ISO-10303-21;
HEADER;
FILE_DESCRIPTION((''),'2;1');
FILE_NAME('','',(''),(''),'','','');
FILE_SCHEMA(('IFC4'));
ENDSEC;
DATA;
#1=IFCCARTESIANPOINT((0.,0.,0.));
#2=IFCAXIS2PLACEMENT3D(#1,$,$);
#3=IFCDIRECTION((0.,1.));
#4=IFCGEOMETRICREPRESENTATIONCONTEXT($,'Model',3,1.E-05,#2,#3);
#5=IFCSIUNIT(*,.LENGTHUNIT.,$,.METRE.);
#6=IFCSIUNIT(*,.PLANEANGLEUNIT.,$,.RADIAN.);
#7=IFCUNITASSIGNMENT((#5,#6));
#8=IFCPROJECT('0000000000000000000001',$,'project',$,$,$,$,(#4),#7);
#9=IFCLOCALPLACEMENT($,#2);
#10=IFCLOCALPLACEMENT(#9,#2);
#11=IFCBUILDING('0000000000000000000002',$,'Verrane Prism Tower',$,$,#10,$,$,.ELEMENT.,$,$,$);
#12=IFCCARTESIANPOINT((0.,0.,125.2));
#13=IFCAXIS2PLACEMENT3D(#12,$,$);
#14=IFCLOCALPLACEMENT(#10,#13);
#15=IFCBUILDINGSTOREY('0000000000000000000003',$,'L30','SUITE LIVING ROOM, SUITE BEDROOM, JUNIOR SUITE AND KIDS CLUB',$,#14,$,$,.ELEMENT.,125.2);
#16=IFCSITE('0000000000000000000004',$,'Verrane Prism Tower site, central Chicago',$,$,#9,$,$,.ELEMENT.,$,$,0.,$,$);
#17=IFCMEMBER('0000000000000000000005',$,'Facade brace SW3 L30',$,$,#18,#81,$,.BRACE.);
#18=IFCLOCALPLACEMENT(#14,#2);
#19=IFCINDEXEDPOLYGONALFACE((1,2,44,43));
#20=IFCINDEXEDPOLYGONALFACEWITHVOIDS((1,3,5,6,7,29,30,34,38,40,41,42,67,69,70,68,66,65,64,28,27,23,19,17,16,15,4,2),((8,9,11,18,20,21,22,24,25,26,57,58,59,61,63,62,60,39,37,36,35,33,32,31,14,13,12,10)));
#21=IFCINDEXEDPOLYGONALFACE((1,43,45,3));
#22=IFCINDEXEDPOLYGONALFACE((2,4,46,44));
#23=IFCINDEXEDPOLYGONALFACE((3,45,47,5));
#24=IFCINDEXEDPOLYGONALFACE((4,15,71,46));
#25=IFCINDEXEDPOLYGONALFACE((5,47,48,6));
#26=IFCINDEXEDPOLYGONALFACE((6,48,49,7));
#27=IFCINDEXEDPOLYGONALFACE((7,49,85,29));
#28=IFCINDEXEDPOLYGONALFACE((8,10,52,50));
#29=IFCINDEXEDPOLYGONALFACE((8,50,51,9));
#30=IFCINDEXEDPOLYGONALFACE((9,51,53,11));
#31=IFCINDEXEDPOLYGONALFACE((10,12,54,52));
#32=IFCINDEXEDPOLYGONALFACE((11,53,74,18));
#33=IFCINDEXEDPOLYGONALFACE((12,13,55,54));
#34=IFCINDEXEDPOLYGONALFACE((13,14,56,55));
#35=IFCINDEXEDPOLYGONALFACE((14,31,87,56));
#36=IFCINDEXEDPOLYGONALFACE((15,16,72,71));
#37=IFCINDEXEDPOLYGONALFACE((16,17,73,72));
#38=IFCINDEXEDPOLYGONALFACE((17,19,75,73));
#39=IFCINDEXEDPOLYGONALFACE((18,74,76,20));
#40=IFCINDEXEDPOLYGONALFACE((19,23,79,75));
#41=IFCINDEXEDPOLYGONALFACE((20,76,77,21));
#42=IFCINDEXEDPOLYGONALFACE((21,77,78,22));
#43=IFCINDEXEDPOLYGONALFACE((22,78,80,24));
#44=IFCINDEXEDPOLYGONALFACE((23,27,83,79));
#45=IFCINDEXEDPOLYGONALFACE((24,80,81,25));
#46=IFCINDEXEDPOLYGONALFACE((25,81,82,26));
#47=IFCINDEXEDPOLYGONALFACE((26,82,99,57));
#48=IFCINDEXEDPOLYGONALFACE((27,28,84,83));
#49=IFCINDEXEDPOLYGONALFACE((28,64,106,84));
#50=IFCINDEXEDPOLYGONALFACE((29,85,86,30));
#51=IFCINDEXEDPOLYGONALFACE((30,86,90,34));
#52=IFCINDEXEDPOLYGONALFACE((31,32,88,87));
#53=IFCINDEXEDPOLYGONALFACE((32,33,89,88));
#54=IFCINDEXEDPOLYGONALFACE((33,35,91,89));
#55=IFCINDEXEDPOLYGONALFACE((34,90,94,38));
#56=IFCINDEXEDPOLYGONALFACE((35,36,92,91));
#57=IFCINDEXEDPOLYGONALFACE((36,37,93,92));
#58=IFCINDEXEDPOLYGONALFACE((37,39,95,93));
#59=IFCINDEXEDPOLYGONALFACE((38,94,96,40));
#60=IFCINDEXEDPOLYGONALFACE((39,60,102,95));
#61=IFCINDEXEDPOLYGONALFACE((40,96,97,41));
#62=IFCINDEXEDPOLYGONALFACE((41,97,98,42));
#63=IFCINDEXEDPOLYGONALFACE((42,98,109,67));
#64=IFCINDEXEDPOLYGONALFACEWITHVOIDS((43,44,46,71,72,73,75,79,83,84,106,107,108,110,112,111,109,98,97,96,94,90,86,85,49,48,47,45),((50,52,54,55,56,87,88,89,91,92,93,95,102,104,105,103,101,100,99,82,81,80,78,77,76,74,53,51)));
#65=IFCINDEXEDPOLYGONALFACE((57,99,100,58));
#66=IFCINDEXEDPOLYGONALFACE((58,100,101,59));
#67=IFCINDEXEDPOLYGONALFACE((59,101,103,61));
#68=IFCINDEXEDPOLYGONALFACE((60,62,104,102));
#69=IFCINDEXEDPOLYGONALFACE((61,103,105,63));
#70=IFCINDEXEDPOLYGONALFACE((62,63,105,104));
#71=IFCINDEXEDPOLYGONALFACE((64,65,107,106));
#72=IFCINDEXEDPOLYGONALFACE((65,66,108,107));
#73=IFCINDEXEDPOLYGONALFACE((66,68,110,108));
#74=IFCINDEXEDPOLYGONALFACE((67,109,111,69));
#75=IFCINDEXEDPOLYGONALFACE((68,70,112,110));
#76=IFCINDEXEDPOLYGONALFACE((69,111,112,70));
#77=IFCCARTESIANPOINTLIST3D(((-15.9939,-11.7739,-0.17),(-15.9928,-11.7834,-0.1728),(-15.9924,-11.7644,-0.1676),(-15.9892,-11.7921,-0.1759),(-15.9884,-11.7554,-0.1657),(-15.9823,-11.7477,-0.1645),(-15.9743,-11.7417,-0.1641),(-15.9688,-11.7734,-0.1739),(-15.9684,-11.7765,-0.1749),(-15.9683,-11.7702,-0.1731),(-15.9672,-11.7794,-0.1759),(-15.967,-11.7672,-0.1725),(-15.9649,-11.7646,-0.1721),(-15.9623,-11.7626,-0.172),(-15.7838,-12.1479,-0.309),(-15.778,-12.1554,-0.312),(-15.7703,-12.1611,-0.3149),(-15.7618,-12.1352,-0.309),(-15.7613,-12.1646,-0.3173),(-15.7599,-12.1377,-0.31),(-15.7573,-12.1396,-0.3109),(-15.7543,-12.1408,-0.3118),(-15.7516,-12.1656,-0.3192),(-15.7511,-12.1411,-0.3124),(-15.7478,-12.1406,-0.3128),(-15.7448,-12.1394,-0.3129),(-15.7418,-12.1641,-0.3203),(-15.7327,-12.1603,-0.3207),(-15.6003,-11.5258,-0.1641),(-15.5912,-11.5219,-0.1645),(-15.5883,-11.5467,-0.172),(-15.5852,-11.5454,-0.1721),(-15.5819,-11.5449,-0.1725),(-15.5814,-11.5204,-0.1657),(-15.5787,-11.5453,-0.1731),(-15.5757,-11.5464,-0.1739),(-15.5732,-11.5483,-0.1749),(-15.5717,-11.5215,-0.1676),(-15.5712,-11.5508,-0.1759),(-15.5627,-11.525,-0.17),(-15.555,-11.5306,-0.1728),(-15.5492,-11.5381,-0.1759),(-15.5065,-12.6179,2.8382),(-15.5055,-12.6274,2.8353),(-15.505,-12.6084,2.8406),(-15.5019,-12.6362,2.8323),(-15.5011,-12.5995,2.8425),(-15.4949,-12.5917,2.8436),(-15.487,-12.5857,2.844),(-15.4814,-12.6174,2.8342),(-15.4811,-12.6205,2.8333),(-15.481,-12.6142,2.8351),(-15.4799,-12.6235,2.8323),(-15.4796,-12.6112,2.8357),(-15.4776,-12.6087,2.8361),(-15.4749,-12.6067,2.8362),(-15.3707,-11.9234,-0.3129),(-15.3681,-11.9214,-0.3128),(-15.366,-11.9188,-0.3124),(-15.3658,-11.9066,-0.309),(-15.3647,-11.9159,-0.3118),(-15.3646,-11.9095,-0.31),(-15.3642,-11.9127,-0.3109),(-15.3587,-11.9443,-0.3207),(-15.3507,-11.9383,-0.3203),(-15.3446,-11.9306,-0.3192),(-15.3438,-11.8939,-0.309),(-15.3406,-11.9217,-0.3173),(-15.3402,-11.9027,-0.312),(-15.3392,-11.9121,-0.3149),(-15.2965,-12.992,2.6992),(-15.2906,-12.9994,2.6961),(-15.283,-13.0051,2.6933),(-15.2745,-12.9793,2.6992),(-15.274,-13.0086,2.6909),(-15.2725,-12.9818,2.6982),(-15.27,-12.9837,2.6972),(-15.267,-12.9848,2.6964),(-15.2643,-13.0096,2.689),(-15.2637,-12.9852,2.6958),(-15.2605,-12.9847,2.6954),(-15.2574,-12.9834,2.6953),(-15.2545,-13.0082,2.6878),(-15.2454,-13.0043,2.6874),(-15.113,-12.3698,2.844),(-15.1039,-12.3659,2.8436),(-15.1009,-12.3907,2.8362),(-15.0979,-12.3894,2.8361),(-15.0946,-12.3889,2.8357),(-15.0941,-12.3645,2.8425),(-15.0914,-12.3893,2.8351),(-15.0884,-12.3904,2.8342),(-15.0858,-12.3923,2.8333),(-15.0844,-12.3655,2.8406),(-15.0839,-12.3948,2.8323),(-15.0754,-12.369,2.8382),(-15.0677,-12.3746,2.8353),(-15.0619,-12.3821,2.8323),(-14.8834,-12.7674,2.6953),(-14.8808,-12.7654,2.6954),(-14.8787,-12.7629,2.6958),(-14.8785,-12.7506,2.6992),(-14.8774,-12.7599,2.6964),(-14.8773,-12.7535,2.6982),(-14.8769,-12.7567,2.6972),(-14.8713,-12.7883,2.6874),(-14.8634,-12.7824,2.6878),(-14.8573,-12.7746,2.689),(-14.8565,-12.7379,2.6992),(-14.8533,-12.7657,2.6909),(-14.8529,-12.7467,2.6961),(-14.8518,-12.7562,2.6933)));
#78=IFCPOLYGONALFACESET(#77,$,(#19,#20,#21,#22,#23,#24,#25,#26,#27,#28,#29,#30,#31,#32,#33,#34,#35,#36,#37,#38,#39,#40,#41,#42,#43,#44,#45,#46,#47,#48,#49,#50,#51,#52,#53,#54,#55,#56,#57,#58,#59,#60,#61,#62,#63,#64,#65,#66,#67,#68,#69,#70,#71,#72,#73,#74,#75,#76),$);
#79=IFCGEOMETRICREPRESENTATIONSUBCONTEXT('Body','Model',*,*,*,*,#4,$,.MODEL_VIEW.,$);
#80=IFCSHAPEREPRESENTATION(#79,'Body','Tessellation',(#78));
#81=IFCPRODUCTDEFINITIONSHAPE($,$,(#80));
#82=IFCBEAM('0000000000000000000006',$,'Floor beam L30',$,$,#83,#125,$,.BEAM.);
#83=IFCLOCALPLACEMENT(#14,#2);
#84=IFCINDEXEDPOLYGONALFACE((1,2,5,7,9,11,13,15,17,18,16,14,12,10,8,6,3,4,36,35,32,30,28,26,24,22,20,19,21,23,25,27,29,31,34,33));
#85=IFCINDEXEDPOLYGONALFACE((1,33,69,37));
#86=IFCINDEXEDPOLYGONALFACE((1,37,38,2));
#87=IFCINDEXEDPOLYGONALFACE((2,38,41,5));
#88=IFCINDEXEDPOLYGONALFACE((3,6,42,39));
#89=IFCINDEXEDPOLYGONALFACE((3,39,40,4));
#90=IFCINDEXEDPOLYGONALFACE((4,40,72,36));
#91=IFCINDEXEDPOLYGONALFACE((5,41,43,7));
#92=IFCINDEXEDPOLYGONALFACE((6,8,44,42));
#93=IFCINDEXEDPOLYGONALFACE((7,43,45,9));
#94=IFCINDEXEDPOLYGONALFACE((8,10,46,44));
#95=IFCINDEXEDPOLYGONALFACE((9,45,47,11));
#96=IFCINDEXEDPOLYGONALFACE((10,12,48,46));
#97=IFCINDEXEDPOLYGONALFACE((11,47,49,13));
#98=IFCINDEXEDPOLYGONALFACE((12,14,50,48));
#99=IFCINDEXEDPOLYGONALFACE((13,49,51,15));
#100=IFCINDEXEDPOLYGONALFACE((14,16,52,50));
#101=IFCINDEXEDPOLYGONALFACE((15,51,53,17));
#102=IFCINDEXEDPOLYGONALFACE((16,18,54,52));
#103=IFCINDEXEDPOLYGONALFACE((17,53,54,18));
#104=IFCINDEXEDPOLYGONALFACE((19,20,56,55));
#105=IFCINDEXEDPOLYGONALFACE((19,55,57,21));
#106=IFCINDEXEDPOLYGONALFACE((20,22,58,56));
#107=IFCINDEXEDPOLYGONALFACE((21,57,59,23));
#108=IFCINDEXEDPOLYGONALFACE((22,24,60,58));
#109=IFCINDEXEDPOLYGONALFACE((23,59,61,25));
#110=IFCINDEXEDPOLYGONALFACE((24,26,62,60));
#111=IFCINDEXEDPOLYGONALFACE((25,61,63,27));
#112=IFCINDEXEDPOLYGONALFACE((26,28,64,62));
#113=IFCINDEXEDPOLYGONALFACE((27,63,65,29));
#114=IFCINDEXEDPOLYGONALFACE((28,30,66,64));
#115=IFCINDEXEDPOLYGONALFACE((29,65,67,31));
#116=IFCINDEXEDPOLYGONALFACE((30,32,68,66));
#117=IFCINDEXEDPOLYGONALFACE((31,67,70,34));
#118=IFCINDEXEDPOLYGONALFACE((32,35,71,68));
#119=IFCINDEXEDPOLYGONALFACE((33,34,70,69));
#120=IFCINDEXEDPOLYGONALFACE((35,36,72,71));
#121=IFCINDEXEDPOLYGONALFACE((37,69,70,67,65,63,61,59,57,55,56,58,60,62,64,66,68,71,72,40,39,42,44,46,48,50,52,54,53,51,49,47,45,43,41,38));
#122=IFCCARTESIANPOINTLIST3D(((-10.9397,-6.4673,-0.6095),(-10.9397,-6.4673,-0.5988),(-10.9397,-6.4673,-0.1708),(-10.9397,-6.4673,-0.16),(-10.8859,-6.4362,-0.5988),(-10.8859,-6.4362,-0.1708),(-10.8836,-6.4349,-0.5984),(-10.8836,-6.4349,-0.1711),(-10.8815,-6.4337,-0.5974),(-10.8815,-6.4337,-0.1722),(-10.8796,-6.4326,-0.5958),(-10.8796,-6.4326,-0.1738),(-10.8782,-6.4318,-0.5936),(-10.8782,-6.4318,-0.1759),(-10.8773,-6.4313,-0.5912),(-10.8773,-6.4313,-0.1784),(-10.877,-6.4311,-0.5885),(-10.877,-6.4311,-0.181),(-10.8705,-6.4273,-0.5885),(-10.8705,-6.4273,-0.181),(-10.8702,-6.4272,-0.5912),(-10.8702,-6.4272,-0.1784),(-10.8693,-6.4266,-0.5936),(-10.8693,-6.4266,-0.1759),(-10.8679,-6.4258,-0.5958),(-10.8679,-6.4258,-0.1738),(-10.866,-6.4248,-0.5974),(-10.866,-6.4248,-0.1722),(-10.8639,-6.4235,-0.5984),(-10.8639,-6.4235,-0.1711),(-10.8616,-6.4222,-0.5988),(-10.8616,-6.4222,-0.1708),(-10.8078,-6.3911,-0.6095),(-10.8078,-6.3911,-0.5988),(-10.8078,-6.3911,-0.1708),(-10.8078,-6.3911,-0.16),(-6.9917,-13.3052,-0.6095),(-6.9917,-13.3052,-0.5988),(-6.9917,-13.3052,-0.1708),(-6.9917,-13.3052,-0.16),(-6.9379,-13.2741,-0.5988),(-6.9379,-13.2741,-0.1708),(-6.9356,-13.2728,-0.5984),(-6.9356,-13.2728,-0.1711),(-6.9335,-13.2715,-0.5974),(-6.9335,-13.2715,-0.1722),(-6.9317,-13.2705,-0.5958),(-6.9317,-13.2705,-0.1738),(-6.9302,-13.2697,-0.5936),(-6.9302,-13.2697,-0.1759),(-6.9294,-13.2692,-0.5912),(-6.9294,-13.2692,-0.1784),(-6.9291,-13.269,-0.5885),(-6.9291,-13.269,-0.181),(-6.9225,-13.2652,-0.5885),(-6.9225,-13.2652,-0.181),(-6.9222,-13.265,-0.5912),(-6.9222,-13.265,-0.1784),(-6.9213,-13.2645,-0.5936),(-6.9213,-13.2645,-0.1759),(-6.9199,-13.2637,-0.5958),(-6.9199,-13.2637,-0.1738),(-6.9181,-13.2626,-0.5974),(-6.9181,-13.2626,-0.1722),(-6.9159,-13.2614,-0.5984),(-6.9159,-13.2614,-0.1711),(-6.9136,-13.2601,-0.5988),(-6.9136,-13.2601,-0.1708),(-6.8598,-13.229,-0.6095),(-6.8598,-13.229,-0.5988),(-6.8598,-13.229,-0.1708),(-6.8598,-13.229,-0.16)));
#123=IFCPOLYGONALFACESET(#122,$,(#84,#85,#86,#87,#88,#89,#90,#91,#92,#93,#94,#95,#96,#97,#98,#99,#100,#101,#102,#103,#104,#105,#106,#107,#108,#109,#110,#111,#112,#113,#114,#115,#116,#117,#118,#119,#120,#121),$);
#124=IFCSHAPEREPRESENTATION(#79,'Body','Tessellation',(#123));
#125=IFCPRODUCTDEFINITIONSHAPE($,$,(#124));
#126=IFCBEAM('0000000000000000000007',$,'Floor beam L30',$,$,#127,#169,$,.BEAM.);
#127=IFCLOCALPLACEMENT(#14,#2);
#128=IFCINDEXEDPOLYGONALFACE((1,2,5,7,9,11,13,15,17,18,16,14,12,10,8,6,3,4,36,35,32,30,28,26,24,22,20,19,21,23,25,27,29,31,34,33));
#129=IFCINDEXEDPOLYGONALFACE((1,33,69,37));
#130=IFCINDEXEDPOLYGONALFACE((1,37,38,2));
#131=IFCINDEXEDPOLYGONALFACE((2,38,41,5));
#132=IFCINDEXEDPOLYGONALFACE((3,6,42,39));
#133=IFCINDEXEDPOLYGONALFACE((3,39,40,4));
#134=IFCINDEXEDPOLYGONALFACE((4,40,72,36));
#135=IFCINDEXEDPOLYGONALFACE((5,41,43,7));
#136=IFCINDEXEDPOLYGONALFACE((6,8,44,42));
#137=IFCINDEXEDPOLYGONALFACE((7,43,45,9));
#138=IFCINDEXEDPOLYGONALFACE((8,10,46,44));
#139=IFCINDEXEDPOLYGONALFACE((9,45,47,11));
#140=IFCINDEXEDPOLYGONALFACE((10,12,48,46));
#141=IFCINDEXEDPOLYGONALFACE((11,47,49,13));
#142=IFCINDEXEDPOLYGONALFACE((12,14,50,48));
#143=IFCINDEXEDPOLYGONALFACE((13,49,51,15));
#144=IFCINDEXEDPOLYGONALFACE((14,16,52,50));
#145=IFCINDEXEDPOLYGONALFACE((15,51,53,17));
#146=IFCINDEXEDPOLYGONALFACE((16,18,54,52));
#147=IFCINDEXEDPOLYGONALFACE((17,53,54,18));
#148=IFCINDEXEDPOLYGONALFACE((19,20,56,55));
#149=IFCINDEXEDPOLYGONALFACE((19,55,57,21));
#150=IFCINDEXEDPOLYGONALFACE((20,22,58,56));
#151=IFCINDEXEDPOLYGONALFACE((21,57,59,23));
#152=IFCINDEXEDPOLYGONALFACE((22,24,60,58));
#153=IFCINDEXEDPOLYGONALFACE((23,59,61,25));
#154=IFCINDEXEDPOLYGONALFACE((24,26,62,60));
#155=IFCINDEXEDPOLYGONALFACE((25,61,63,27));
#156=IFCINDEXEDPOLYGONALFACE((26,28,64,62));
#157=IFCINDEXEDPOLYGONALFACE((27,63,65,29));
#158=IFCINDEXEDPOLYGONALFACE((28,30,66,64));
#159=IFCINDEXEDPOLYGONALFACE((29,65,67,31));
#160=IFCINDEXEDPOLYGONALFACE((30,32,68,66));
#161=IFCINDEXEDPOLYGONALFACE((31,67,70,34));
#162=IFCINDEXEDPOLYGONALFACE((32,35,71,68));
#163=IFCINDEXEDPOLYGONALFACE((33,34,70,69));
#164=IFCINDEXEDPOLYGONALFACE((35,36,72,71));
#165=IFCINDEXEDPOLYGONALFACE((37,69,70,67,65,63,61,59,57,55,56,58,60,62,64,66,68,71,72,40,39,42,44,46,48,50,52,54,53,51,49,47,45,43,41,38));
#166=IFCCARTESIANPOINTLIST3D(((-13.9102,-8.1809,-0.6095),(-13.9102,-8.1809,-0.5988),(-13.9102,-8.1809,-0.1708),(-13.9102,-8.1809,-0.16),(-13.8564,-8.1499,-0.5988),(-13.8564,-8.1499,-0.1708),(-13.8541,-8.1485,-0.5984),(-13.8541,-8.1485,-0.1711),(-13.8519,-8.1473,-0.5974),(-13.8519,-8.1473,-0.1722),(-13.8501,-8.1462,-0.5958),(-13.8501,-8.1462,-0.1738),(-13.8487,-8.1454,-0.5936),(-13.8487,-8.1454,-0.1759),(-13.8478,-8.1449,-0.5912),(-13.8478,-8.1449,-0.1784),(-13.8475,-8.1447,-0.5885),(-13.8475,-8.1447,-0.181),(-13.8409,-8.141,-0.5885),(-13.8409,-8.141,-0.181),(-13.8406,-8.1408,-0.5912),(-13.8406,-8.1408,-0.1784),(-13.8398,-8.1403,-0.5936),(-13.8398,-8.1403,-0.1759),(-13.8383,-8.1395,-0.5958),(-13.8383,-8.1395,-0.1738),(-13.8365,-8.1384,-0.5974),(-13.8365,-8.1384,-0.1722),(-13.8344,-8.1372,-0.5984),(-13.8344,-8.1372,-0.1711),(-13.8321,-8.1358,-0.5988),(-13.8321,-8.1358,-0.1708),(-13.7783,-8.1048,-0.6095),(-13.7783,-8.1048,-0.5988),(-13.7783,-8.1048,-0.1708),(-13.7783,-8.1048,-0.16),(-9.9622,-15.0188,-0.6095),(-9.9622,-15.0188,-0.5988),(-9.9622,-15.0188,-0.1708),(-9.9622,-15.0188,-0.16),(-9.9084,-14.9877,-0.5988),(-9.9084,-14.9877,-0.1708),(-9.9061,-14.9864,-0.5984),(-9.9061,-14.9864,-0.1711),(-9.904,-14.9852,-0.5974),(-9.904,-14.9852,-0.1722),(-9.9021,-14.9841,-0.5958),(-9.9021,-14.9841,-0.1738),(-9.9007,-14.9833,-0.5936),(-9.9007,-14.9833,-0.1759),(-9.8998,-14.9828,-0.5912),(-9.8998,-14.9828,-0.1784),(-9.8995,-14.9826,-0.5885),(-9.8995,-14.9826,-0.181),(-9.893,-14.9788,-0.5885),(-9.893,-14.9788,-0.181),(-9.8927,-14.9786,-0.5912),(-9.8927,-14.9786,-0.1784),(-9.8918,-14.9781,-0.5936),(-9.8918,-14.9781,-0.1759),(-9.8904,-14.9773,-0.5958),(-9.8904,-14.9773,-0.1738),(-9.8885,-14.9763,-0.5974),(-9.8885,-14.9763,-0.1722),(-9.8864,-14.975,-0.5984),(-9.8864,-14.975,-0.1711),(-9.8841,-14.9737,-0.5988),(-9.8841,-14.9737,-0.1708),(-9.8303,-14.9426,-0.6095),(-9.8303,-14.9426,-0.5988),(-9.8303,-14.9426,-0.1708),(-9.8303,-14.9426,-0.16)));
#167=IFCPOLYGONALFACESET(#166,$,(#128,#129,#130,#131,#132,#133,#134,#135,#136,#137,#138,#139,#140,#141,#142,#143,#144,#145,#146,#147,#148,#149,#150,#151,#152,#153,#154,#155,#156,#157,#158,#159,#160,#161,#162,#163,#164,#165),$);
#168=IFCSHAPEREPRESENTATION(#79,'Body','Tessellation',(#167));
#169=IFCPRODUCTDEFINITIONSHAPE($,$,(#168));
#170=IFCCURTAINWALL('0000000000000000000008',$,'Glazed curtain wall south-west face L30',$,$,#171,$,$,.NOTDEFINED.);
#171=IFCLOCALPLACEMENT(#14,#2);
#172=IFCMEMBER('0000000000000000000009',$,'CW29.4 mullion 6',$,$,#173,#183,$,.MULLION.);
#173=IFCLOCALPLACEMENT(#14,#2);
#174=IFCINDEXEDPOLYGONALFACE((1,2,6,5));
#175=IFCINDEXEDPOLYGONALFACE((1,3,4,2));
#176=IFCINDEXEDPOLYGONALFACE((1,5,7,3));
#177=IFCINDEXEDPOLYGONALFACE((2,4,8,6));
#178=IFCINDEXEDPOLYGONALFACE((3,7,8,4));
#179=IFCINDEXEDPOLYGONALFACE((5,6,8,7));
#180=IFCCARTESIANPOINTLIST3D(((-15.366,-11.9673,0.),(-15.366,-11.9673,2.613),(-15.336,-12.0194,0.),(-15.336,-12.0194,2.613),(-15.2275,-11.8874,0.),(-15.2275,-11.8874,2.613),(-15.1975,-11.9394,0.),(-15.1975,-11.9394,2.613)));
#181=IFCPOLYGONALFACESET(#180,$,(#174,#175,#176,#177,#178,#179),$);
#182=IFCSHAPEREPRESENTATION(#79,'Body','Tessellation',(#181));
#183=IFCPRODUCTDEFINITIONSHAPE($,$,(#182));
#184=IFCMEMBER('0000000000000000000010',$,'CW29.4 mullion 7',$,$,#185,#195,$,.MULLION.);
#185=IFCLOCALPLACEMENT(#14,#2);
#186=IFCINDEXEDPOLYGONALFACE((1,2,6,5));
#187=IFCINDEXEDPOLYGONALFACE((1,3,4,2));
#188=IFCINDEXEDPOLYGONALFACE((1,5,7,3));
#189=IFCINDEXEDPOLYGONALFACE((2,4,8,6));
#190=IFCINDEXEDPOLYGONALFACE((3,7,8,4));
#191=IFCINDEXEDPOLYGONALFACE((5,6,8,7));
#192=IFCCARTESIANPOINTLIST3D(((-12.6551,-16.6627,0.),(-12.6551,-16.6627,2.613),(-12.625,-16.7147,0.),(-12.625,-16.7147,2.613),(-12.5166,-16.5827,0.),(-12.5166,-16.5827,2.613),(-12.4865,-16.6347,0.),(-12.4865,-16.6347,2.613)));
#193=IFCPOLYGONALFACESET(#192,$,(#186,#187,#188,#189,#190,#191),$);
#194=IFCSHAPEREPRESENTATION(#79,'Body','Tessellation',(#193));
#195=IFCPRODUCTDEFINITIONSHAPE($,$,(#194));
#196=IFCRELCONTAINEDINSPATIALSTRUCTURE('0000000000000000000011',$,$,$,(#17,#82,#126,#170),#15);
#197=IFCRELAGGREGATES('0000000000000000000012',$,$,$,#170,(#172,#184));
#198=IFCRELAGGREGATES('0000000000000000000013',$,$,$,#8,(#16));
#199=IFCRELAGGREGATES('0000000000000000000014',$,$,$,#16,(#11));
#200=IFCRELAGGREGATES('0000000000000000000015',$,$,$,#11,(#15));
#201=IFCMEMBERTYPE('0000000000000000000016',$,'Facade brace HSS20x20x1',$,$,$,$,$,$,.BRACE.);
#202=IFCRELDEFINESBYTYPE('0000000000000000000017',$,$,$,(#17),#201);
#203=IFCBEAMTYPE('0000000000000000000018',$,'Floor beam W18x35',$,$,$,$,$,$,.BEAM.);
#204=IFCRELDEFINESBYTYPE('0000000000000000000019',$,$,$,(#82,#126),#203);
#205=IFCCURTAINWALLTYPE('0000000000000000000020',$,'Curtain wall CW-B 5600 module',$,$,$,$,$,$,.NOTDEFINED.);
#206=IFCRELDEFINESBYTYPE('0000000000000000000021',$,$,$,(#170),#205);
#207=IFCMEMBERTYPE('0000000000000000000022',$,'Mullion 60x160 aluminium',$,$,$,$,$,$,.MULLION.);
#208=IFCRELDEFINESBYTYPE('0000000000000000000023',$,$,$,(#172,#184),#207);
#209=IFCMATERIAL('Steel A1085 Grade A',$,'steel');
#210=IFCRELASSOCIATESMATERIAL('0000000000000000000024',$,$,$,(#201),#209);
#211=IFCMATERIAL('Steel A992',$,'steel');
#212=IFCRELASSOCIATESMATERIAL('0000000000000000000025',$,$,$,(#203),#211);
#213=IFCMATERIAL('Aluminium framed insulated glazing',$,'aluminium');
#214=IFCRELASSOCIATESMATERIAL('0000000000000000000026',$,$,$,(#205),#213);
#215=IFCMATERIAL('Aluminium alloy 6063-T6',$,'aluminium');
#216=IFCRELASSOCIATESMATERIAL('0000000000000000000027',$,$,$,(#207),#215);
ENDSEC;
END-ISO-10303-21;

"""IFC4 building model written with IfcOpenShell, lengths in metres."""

from ifc_helpers import new_model, si_unit, direction, frame, origin, origin_2d, place, context, subcontext, project, spatial, rectangle, hollow_rectangle, i_section, extrude, material, material_profile, profile_set, type_object, element, aggregate, save


model = new_model("IFC4")

# Units and contexts
model_context = context("Model", 3, precision=1e-05, world=origin(), true_north=direction((0.0, 1.0)))
body_context = subcontext(model_context, "Body", "Model", "MODEL_VIEW")
ifc_project = project(units=[si_unit("LENGTHUNIT", "METRE"), si_unit("PLANEANGLEUNIT", "RADIAN")], contexts=[model_context])

# Site, building, storey
site_placement = place(None, origin())
site = spatial("IfcSite", under=ifc_project, at=site_placement, Name="Verrane Prism Tower site, central Chicago", CompositionType="ELEMENT", RefElevation=0.0)
building_placement = place(site_placement, origin())
building = spatial("IfcBuilding", under=site, at=building_placement, Name="Verrane Prism Tower", CompositionType="ELEMENT")
storey_placement = place(building_placement, frame((0.0, 0.0, 125.2)))
storey = spatial("IfcBuildingStorey", under=building, at=storey_placement, Name="L30", Description="SUITE LIVING ROOM, SUITE BEDROOM, JUNIOR SUITE AND KIDS CLUB", CompositionType="ELEMENT", Elevation=125.2)

# Member
ifc_material_1 = material(Name="Steel A1085 Grade A", Category="steel")
ifc_material_profile_1 = material_profile(ifc_material_1, hollow_rectangle(XDim=0.5081, YDim=0.5081, WallThickness=0.0254, InnerFilletRadius=0.0127, OuterFilletRadius=0.0381, at=origin_2d()), Name="HSS20x20x1")
ifc_profile_set_1 = profile_set([ifc_material_profile_1], Name="Steel A1085 Grade A")
member_type_1 = type_object("IfcMemberType", Name="Facade brace HSS20x20x1", PredefinedType="BRACE", material=ifc_profile_set_1)
member_1_placement = place(storey_placement, frame((-15.6665, -11.843, -0.2424), z_axis=(0.154113, -0.266918, 0.951317), x_axis=(0.866015, 0.500019, 0.0)))
element("IfcMember", 1, at=member_1_placement, inside=storey, type_object=member_type_1, Name="Facade brace SW3 L30", PredefinedType="BRACE", context=body_context, shape_type="SweptSolid", body=[
    extrude(hollow_rectangle(XDim=0.5081, YDim=0.5081, WallThickness=0.0254, InnerFilletRadius=0.0127, OuterFilletRadius=0.0381, at=origin_2d()), origin(), (0.0, 0.0, 1.0), 3.1621),
])

# Beams
ifc_material_2 = material(Name="Steel A992", Category="steel")
ifc_material_profile_2 = material_profile(ifc_material_2, i_section(OverallWidth=0.1523, OverallDepth=0.4495, WebThickness=0.0076, FlangeThickness=0.0107, FilletRadius=0.0103, at=origin_2d()), Name="W18x35")
ifc_profile_set_2 = profile_set([ifc_material_profile_2], Name="Steel A992")
beam_type_1 = type_object("IfcBeamType", Name="Floor beam W18x35", PredefinedType="BEAM", material=ifc_profile_set_2)
for number, where, z_axis, x_axis, name in (
    (2, (-6.9258, -13.2671, -0.3848), (-0.500013, 0.866018, 0.0), (-0.866018, -0.500013, 0.0), "Floor beam L30"),
    (3, (-9.8962, -14.9807, -0.3848), (-0.500013, 0.866018, 0.0), (-0.866018, -0.500013, 0.0), "Floor beam L30"),
):
    element("IfcBeam", number, at=place(storey_placement, frame(where, z_axis=z_axis, x_axis=x_axis)), inside=storey, type_object=beam_type_1, Name=name, PredefinedType="BEAM", context=body_context, shape_type="SweptSolid", body=[
        extrude(i_section(OverallWidth=0.1523, OverallDepth=0.4495, WebThickness=0.0076, FlangeThickness=0.0107, FilletRadius=0.0103, at=origin_2d()), origin(), (0.0, 0.0, 1.0), 7.8958),
    ])

# Curtain wall, members
ifc_material_3 = material(Name="Aluminium framed insulated glazing", Category="aluminium")
curtain_wall_type = type_object("IfcCurtainWallType", Name="Curtain wall CW-B 5600 module", PredefinedType="NOTDEFINED", material=ifc_material_3)
curtain_wall_placement = place(storey_placement, origin())
curtain_wall = element("IfcCurtainWall", 4, at=curtain_wall_placement, inside=storey, type_object=curtain_wall_type, Name="Glazed curtain wall south-west face L30", PredefinedType="NOTDEFINED")
ifc_material_4 = material(Name="Aluminium alloy 6063-T6", Category="aluminium")
ifc_material_profile_3 = material_profile(ifc_material_4, rectangle(XDim=0.1599, YDim=0.0601, at=origin_2d()), Name="Mullion 60x160 aluminium")
ifc_profile_set_3 = profile_set([ifc_material_profile_3], Name="Aluminium alloy 6063-T6")
member_type_2 = type_object("IfcMemberType", Name="Mullion 60x160 aluminium", PredefinedType="MULLION", material=ifc_profile_set_3)
member_2_placement = place(storey_placement, frame((-15.2817, -11.9534, 0.0), z_axis=(0.0, 0.0, 1.0), x_axis=(0.866025, 0.5, 0.0)))
member_2 = element("IfcMember", 5, at=member_2_placement, type_object=member_type_2, Name="CW29.4 mullion 6", PredefinedType="MULLION", context=body_context, shape_type="SweptSolid", body=[
    extrude(rectangle(XDim=0.1599, YDim=0.0601, at=origin_2d()), origin(), (0.0, 0.0, 1.0), 2.613),
])
member_3_placement = place(storey_placement, frame((-12.5708, -16.6487, 0.0), z_axis=(0.0, 0.0, 1.0), x_axis=(0.866025, 0.5, 0.0)))
member_3 = element("IfcMember", 6, at=member_3_placement, type_object=member_type_2, Name="CW29.4 mullion 7", PredefinedType="MULLION", context=body_context, shape_type="SweptSolid", body=[
    extrude(rectangle(XDim=0.1599, YDim=0.0601, at=origin_2d()), origin(), (0.0, 0.0, 1.0), 2.613),
])

aggregate(curtain_wall, [member_2, member_3])

save(model, "model.ifc")
